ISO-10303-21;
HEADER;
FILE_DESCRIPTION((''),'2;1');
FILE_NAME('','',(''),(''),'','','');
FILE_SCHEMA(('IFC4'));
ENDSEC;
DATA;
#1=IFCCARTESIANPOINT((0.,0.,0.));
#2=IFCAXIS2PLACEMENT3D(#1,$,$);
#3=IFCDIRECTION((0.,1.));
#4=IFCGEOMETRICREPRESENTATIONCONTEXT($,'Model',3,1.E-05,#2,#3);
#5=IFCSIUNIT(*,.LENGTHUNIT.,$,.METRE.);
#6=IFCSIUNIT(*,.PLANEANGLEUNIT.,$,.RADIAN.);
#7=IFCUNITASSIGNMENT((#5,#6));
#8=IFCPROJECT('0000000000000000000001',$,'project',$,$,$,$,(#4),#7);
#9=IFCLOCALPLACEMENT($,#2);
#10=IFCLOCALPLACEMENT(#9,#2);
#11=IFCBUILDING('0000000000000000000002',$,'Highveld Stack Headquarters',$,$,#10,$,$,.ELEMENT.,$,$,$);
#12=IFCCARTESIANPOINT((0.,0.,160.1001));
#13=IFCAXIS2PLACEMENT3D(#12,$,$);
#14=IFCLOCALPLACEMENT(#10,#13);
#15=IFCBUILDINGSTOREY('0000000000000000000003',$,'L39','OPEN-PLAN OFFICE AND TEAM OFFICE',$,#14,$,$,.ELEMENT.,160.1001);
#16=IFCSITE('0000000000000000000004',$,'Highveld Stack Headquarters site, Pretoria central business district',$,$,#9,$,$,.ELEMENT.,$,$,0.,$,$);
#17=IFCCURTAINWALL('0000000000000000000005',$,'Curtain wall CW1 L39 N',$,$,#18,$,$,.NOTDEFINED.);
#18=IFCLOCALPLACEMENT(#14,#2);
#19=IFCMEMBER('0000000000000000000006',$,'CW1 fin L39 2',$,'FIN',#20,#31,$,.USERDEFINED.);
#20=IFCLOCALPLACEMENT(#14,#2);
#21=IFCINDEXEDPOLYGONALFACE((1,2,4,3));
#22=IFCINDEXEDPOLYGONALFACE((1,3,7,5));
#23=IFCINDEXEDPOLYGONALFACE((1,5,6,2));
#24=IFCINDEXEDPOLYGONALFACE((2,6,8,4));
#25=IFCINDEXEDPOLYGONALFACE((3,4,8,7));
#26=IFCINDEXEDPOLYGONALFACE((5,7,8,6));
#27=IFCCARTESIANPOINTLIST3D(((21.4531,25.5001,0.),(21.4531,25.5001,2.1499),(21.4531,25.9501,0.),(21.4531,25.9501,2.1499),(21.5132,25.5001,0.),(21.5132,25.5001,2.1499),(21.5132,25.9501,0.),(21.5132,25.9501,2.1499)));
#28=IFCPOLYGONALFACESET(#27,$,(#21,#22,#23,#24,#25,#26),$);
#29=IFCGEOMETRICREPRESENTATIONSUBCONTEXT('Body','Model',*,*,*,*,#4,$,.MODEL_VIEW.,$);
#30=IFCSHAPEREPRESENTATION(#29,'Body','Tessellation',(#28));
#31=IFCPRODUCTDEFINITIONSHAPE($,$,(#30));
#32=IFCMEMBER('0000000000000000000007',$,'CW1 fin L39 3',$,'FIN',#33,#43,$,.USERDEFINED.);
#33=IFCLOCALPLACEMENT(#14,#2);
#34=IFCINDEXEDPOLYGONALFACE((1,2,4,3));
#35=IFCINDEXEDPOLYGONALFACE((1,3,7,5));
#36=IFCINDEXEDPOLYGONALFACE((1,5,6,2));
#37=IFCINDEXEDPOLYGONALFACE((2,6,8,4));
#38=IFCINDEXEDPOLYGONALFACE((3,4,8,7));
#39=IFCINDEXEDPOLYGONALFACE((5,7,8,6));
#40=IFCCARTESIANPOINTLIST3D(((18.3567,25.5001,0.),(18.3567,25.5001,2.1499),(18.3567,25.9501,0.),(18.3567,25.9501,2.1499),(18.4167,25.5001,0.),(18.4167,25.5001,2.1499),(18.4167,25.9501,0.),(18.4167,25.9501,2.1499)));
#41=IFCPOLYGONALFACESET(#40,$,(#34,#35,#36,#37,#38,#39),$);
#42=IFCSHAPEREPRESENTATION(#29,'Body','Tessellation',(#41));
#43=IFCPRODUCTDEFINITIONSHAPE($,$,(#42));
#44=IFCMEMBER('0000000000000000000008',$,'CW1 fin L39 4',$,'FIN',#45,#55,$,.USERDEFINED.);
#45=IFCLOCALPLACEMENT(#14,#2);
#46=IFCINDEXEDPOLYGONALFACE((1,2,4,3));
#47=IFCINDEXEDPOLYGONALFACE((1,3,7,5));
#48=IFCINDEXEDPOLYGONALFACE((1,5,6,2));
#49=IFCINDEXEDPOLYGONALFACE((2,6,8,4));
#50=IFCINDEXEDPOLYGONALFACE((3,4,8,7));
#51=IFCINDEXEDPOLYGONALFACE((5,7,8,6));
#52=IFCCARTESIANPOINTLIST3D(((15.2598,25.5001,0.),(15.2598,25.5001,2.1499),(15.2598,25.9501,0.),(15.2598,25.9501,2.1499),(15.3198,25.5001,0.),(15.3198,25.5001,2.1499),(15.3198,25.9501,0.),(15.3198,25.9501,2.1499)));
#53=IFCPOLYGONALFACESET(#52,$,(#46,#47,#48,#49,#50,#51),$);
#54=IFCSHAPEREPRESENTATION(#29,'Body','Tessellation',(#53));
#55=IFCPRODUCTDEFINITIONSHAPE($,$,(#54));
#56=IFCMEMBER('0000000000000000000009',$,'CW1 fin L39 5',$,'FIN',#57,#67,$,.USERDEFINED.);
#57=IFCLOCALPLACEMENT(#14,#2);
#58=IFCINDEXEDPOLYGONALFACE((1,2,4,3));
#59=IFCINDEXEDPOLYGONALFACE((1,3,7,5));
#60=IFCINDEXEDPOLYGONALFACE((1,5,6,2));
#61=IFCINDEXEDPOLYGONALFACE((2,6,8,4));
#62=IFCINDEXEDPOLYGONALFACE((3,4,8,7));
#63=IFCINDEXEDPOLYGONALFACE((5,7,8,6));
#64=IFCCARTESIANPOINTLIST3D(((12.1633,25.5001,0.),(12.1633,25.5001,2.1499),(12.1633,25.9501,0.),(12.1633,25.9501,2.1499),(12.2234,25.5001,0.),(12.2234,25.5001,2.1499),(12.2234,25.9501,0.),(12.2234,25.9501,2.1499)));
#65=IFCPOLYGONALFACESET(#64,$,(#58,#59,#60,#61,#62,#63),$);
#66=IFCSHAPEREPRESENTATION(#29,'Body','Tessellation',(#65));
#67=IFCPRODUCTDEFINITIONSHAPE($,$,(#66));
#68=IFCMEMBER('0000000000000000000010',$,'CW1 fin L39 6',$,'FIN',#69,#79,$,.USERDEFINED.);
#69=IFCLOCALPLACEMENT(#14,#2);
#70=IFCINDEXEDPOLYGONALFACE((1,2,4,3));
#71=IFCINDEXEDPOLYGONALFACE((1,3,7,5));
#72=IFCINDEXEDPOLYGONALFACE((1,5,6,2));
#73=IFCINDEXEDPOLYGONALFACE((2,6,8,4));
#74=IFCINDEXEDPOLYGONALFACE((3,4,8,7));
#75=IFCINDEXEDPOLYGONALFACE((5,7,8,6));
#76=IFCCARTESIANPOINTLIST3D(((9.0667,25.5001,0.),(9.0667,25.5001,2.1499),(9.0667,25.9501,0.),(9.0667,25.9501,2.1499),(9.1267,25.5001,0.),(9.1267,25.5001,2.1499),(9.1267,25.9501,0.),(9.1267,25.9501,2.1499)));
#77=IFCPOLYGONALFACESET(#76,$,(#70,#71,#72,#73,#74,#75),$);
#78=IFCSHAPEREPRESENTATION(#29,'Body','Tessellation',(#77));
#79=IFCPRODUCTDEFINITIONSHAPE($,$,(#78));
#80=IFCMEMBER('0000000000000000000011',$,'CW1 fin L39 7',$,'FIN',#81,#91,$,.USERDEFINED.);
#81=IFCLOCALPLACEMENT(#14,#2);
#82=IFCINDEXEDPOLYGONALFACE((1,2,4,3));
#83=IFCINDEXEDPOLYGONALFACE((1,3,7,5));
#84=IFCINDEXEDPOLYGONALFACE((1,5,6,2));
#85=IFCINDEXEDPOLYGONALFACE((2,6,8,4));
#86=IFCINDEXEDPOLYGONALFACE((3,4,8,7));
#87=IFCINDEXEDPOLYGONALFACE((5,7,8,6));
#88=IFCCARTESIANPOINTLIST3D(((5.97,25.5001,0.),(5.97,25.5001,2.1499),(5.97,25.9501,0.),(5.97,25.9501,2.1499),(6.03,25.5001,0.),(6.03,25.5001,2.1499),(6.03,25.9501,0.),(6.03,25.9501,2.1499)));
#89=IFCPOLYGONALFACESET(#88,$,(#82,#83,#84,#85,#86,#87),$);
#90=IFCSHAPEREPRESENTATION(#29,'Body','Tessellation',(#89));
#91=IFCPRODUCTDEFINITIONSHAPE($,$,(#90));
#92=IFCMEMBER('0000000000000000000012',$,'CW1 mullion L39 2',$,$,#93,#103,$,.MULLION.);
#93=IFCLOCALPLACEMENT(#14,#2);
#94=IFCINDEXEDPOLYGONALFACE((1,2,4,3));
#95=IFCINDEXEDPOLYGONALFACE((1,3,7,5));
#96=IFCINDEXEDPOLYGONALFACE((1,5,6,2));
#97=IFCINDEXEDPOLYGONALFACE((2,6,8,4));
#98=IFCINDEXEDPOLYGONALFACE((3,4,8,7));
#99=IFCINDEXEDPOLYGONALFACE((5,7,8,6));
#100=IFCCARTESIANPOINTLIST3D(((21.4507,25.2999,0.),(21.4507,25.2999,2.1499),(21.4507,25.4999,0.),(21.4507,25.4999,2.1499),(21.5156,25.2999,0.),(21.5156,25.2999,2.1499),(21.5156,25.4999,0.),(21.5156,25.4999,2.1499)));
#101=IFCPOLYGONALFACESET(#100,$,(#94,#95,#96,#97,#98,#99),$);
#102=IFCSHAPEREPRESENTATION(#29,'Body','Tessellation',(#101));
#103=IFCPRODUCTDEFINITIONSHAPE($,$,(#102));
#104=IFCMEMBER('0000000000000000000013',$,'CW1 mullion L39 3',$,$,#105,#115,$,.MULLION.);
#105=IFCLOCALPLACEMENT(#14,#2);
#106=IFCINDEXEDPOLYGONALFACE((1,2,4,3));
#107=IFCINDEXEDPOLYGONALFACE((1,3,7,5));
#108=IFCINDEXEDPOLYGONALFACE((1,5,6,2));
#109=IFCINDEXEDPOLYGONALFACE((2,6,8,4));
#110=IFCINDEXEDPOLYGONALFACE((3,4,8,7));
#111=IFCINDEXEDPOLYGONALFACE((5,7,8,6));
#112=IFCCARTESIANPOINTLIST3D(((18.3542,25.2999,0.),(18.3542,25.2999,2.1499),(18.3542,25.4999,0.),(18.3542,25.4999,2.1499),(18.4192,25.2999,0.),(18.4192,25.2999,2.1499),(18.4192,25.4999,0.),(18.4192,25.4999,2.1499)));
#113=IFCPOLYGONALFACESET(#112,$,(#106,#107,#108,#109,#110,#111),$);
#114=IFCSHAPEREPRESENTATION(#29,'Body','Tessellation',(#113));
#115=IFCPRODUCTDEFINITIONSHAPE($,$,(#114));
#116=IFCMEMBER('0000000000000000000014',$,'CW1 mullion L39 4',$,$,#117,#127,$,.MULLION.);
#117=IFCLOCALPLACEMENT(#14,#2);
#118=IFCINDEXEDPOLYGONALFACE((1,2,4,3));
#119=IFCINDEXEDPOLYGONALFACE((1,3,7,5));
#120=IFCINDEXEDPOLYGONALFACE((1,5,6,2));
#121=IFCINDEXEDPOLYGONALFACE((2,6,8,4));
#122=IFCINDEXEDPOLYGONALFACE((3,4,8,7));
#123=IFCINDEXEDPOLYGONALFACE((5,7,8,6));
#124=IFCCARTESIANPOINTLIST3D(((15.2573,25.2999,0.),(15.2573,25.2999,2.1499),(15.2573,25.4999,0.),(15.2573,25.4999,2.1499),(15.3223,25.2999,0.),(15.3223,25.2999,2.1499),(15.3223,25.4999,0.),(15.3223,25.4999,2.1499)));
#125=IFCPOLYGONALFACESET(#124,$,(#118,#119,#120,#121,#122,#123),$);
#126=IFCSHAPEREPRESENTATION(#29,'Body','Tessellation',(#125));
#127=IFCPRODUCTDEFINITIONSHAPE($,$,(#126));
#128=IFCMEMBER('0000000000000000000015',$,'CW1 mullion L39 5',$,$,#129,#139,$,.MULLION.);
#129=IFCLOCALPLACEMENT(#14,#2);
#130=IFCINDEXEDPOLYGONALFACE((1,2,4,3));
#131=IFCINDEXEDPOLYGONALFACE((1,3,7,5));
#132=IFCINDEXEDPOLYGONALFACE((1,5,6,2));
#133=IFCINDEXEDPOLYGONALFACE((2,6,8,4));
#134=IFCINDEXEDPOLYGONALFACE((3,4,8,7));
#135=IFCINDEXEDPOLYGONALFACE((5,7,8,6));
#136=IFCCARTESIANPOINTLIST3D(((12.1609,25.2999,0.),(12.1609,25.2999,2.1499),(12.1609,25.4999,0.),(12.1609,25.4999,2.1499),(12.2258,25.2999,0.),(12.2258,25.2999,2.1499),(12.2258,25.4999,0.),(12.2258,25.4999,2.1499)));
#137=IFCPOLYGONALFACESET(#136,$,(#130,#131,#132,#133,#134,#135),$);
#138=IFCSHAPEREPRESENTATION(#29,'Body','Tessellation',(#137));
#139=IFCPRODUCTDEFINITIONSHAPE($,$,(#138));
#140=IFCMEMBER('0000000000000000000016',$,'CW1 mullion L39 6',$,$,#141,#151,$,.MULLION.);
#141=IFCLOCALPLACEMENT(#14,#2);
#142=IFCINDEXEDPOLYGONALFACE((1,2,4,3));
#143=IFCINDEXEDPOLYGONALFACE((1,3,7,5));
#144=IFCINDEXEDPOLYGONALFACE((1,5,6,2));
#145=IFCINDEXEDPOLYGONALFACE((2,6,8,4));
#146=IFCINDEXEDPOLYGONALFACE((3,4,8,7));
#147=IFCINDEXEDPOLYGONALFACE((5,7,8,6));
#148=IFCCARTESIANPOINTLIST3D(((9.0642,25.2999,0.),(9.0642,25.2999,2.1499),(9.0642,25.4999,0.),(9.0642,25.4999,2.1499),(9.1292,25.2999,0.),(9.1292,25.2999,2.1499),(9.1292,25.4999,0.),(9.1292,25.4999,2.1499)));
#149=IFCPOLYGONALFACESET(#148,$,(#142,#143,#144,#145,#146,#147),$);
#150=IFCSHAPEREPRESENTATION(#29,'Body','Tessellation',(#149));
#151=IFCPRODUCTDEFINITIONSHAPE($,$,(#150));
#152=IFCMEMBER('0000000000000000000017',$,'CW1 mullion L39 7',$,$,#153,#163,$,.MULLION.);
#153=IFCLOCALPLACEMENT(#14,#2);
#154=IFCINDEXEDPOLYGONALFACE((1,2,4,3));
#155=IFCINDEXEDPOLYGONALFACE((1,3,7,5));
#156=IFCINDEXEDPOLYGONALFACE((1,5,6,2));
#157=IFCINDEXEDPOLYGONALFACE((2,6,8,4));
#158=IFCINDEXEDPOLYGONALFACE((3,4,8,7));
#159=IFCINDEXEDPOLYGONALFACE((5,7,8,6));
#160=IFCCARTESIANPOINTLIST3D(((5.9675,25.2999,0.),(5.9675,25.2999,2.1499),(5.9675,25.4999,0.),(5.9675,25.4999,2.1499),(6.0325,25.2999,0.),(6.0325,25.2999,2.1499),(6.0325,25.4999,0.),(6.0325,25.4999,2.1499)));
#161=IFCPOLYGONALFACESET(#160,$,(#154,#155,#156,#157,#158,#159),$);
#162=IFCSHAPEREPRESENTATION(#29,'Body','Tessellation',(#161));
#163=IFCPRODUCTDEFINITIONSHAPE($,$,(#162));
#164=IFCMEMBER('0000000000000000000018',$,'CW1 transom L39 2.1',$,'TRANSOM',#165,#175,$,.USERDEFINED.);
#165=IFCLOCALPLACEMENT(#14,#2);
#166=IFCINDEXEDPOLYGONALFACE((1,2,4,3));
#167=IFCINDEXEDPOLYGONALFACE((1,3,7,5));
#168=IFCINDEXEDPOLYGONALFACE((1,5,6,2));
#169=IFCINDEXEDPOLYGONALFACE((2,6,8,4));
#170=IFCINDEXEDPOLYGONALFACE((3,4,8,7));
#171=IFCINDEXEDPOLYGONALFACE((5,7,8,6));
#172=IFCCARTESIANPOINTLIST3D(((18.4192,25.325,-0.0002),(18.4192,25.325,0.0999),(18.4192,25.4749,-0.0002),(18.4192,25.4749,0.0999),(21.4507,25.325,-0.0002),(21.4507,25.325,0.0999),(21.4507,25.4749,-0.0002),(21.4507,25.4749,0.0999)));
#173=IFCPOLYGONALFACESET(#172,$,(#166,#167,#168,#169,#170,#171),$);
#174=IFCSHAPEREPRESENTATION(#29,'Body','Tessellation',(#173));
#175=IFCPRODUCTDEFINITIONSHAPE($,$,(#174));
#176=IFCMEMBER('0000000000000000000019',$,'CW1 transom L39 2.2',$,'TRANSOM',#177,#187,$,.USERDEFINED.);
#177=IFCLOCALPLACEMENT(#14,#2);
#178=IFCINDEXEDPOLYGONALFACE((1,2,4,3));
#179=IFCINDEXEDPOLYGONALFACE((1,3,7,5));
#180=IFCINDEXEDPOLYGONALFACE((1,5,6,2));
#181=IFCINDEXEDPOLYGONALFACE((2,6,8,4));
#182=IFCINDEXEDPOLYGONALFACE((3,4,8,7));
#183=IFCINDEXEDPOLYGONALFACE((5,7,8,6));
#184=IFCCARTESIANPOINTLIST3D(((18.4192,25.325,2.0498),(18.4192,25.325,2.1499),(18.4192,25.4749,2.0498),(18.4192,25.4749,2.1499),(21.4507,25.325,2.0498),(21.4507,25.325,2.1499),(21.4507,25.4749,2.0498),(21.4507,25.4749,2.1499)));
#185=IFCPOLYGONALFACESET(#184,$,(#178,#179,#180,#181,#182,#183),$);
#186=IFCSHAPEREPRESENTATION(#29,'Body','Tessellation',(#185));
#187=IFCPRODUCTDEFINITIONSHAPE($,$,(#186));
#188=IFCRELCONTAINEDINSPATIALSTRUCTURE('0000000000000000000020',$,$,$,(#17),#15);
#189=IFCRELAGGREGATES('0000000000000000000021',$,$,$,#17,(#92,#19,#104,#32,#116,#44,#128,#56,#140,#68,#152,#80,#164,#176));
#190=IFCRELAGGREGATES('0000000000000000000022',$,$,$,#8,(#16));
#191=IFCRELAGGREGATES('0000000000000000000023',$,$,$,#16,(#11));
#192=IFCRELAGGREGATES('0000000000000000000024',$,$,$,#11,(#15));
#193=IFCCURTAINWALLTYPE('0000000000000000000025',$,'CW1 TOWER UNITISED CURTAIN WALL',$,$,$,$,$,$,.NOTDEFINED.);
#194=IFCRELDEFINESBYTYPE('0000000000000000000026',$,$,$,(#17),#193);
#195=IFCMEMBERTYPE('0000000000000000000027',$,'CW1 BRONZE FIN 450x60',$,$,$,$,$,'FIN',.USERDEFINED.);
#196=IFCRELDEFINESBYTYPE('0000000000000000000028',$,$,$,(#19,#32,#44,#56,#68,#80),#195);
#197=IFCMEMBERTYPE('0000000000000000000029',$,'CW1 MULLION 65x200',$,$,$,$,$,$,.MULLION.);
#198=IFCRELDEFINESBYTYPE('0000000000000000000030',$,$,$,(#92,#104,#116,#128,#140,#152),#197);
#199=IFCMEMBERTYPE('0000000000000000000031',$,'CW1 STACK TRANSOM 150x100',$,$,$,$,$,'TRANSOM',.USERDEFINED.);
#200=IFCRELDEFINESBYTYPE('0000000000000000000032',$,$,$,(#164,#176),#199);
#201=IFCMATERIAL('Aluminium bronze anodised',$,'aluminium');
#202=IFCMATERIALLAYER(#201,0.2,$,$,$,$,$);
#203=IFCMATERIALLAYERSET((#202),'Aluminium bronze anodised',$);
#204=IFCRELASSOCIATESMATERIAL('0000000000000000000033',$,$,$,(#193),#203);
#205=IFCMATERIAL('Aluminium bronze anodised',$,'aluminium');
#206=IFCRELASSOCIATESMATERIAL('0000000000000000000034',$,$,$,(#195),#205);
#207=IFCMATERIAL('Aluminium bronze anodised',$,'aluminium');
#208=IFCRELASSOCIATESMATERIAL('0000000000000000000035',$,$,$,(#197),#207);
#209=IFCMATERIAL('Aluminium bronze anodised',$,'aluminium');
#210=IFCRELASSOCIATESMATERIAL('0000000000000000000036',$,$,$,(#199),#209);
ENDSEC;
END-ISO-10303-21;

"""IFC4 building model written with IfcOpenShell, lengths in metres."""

from ifc_helpers import new_model, si_unit, direction, frame, origin, origin_2d, place, context, subcontext, project, spatial, rectangle, extrude, material, layer, layer_set, material_profile, profile_set, type_object, element, aggregate, save


model = new_model("IFC4")

# Units and contexts
model_context = context("Model", 3, precision=1e-05, world=origin(), true_north=direction((0.0, 1.0)))
body_context = subcontext(model_context, "Body", "Model", "MODEL_VIEW")
ifc_project = project(units=[si_unit("LENGTHUNIT", "METRE"), si_unit("PLANEANGLEUNIT", "RADIAN")], contexts=[model_context])

# Site, building, storey
site_placement = place(None, origin())
site = spatial("IfcSite", under=ifc_project, at=site_placement, Name="Highveld Stack Headquarters site, Pretoria central business district", CompositionType="ELEMENT", RefElevation=0.0)
building_placement = place(site_placement, origin())
building = spatial("IfcBuilding", under=site, at=building_placement, Name="Highveld Stack Headquarters", CompositionType="ELEMENT")
storey_placement = place(building_placement, frame((0.0, 0.0, 160.1001)))
storey = spatial("IfcBuildingStorey", under=building, at=storey_placement, Name="L39", Description="OPEN-PLAN OFFICE AND TEAM OFFICE", CompositionType="ELEMENT", Elevation=160.1001)

# Curtain wall, members
ifc_material_1 = material(Name="Aluminium bronze anodised", Category="aluminium")
ifc_layer_1 = layer(ifc_material_1, 0.2)
ifc_layer_set_1 = layer_set([ifc_layer_1], Name="Aluminium bronze anodised")
curtain_wall_type = type_object("IfcCurtainWallType", Name="CW1 TOWER UNITISED CURTAIN WALL", PredefinedType="NOTDEFINED", material=ifc_layer_set_1)
curtain_wall_placement = place(storey_placement, origin())
curtain_wall = element("IfcCurtainWall", 1, at=curtain_wall_placement, inside=storey, type_object=curtain_wall_type, Name="Curtain wall CW1 L39 N", PredefinedType="NOTDEFINED")
ifc_material_2 = material(Name="Aluminium bronze anodised", Category="aluminium")
ifc_material_profile_1 = material_profile(ifc_material_2, rectangle(XDim=0.45, YDim=0.0601, at=origin_2d()), Name="FIN 450x60")
ifc_profile_set_1 = profile_set([ifc_material_profile_1], Name="Aluminium bronze anodised")
member_type_1 = type_object("IfcMemberType", Name="CW1 BRONZE FIN 450x60", ElementType="FIN", PredefinedType="USERDEFINED", material=ifc_profile_set_1)
member_1_placement = place(storey_placement, frame((21.4832, 25.7251, 0.0), z_axis=(0.0, 0.0, 1.0), x_axis=(0.0, -1.0, 0.0)))
member_1 = element("IfcMember", 2, at=member_1_placement, type_object=member_type_1, Name="CW1 fin L39 2", ObjectType="FIN", PredefinedType="USERDEFINED", context=body_context, shape_type="SweptSolid", body=[
    extrude(rectangle(XDim=0.45, YDim=0.0601, at=origin_2d()), origin(), (0.0, 0.0, 1.0), 2.1499),
])
member_2_placement = place(storey_placement, frame((18.3867, 25.7251, 0.0), z_axis=(0.0, 0.0, 1.0), x_axis=(0.0, -1.0, 0.0)))
member_2 = element("IfcMember", 3, at=member_2_placement, type_object=member_type_1, Name="CW1 fin L39 3", ObjectType="FIN", PredefinedType="USERDEFINED", context=body_context, shape_type="SweptSolid", body=[
    extrude(rectangle(XDim=0.45, YDim=0.0601, at=origin_2d()), origin(), (0.0, 0.0, 1.0), 2.1499),
])
member_3_placement = place(storey_placement, frame((15.2898, 25.7251, 0.0), z_axis=(0.0, 0.0, 1.0), x_axis=(0.0, -1.0, 0.0)))
member_3 = element("IfcMember", 4, at=member_3_placement, type_object=member_type_1, Name="CW1 fin L39 4", ObjectType="FIN", PredefinedType="USERDEFINED", context=body_context, shape_type="SweptSolid", body=[
    extrude(rectangle(XDim=0.45, YDim=0.0601, at=origin_2d()), origin(), (0.0, 0.0, 1.0), 2.1499),
])
member_4_placement = place(storey_placement, frame((12.1934, 25.7251, 0.0), z_axis=(0.0, 0.0, 1.0), x_axis=(0.0, -1.0, 0.0)))
member_4 = element("IfcMember", 5, at=member_4_placement, type_object=member_type_1, Name="CW1 fin L39 5", ObjectType="FIN", PredefinedType="USERDEFINED", context=body_context, shape_type="SweptSolid", body=[
    extrude(rectangle(XDim=0.45, YDim=0.0601, at=origin_2d()), origin(), (0.0, 0.0, 1.0), 2.1499),
])
member_5_placement = place(storey_placement, frame((9.0967, 25.7251, 0.0), z_axis=(0.0, 0.0, 1.0), x_axis=(0.0, -1.0, 0.0)))
member_5 = element("IfcMember", 6, at=member_5_placement, type_object=member_type_1, Name="CW1 fin L39 6", ObjectType="FIN", PredefinedType="USERDEFINED", context=body_context, shape_type="SweptSolid", body=[
    extrude(rectangle(XDim=0.45, YDim=0.0601, at=origin_2d()), origin(), (0.0, 0.0, 1.0), 2.1499),
])
member_6_placement = place(storey_placement, frame((6.0, 25.7251, 0.0), z_axis=(0.0, 0.0, 1.0), x_axis=(0.0, -1.0, 0.0)))
member_6 = element("IfcMember", 7, at=member_6_placement, type_object=member_type_1, Name="CW1 fin L39 7", ObjectType="FIN", PredefinedType="USERDEFINED", context=body_context, shape_type="SweptSolid", body=[
    extrude(rectangle(XDim=0.45, YDim=0.0601, at=origin_2d()), origin(), (0.0, 0.0, 1.0), 2.1499),
])
ifc_material_3 = material(Name="Aluminium bronze anodised", Category="aluminium")
ifc_material_profile_2 = material_profile(ifc_material_3, rectangle(XDim=0.2, YDim=0.0649, at=origin_2d()), Name="CW1 MULLION 65x200")
ifc_profile_set_2 = profile_set([ifc_material_profile_2], Name="Aluminium bronze anodised")
member_type_2 = type_object("IfcMemberType", Name="CW1 MULLION 65x200", PredefinedType="MULLION", material=ifc_profile_set_2)
member_7_placement = place(storey_placement, frame((21.4832, 25.3999, 0.0), z_axis=(0.0, 0.0, 1.0), x_axis=(0.0, -1.0, 0.0)))
member_7 = element("IfcMember", 8, at=member_7_placement, type_object=member_type_2, Name="CW1 mullion L39 2", PredefinedType="MULLION", context=body_context, shape_type="SweptSolid", body=[
    extrude(rectangle(XDim=0.2, YDim=0.0649, at=origin_2d()), origin(), (0.0, 0.0, 1.0), 2.1499),
])
member_8_placement = place(storey_placement, frame((18.3867, 25.3999, 0.0), z_axis=(0.0, 0.0, 1.0), x_axis=(0.0, -1.0, 0.0)))
member_8 = element("IfcMember", 9, at=member_8_placement, type_object=member_type_2, Name="CW1 mullion L39 3", PredefinedType="MULLION", context=body_context, shape_type="SweptSolid", body=[
    extrude(rectangle(XDim=0.2, YDim=0.0649, at=origin_2d()), origin(), (0.0, 0.0, 1.0), 2.1499),
])
member_9_placement = place(storey_placement, frame((15.2898, 25.3999, 0.0), z_axis=(0.0, 0.0, 1.0), x_axis=(0.0, -1.0, 0.0)))
member_9 = element("IfcMember", 10, at=member_9_placement, type_object=member_type_2, Name="CW1 mullion L39 4", PredefinedType="MULLION", context=body_context, shape_type="SweptSolid", body=[
    extrude(rectangle(XDim=0.2, YDim=0.0649, at=origin_2d()), origin(), (0.0, 0.0, 1.0), 2.1499),
])
member_10_placement = place(storey_placement, frame((12.1934, 25.3999, 0.0), z_axis=(0.0, 0.0, 1.0), x_axis=(0.0, -1.0, 0.0)))
member_10 = element("IfcMember", 11, at=member_10_placement, type_object=member_type_2, Name="CW1 mullion L39 5", PredefinedType="MULLION", context=body_context, shape_type="SweptSolid", body=[
    extrude(rectangle(XDim=0.2, YDim=0.0649, at=origin_2d()), origin(), (0.0, 0.0, 1.0), 2.1499),
])
member_11_placement = place(storey_placement, frame((9.0967, 25.3999, 0.0), z_axis=(0.0, 0.0, 1.0), x_axis=(0.0, -1.0, 0.0)))
member_11 = element("IfcMember", 12, at=member_11_placement, type_object=member_type_2, Name="CW1 mullion L39 6", PredefinedType="MULLION", context=body_context, shape_type="SweptSolid", body=[
    extrude(rectangle(XDim=0.2, YDim=0.0649, at=origin_2d()), origin(), (0.0, 0.0, 1.0), 2.1499),
])
member_12_placement = place(storey_placement, frame((6.0, 25.3999, 0.0), z_axis=(0.0, 0.0, 1.0), x_axis=(0.0, -1.0, 0.0)))
member_12 = element("IfcMember", 13, at=member_12_placement, type_object=member_type_2, Name="CW1 mullion L39 7", PredefinedType="MULLION", context=body_context, shape_type="SweptSolid", body=[
    extrude(rectangle(XDim=0.2, YDim=0.0649, at=origin_2d()), origin(), (0.0, 0.0, 1.0), 2.1499),
])
ifc_material_4 = material(Name="Aluminium bronze anodised", Category="aluminium")
ifc_material_profile_3 = material_profile(ifc_material_4, rectangle(XDim=0.1499, YDim=0.1001, at=origin_2d()), Name="CW1 TRANSOM 150x100")
ifc_profile_set_3 = profile_set([ifc_material_profile_3], Name="Aluminium bronze anodised")
member_type_3 = type_object("IfcMemberType", Name="CW1 STACK TRANSOM 150x100", ElementType="TRANSOM", PredefinedType="USERDEFINED", material=ifc_profile_set_3)
member_13_placement = place(storey_placement, frame((21.4507, 25.3999, 0.0498), z_axis=(-1.0, 0.0, 0.0), x_axis=(0.0, -1.0, 0.0)))
member_13 = element("IfcMember", 14, at=member_13_placement, type_object=member_type_3, Name="CW1 transom L39 2.1", ObjectType="TRANSOM", PredefinedType="USERDEFINED", context=body_context, shape_type="SweptSolid", body=[
    extrude(rectangle(XDim=0.1499, YDim=0.1001, at=origin_2d()), origin(), (0.0, 0.0, 1.0), 3.0315),
])
member_14_placement = place(storey_placement, frame((21.4507, 25.3999, 2.0999), z_axis=(-1.0, 0.0, 0.0), x_axis=(0.0, -1.0, 0.0)))
member_14 = element("IfcMember", 15, at=member_14_placement, type_object=member_type_3, Name="CW1 transom L39 2.2", ObjectType="TRANSOM", PredefinedType="USERDEFINED", context=body_context, shape_type="SweptSolid", body=[
    extrude(rectangle(XDim=0.1499, YDim=0.1001, at=origin_2d()), origin(), (0.0, 0.0, 1.0), 3.0315),
])
aggregate(curtain_wall, [member_7, member_1, member_8, member_2, member_9, member_3, member_10, member_4, member_11, member_5, member_12, member_6, member_13, member_14])

save(model, "model.ifc")
